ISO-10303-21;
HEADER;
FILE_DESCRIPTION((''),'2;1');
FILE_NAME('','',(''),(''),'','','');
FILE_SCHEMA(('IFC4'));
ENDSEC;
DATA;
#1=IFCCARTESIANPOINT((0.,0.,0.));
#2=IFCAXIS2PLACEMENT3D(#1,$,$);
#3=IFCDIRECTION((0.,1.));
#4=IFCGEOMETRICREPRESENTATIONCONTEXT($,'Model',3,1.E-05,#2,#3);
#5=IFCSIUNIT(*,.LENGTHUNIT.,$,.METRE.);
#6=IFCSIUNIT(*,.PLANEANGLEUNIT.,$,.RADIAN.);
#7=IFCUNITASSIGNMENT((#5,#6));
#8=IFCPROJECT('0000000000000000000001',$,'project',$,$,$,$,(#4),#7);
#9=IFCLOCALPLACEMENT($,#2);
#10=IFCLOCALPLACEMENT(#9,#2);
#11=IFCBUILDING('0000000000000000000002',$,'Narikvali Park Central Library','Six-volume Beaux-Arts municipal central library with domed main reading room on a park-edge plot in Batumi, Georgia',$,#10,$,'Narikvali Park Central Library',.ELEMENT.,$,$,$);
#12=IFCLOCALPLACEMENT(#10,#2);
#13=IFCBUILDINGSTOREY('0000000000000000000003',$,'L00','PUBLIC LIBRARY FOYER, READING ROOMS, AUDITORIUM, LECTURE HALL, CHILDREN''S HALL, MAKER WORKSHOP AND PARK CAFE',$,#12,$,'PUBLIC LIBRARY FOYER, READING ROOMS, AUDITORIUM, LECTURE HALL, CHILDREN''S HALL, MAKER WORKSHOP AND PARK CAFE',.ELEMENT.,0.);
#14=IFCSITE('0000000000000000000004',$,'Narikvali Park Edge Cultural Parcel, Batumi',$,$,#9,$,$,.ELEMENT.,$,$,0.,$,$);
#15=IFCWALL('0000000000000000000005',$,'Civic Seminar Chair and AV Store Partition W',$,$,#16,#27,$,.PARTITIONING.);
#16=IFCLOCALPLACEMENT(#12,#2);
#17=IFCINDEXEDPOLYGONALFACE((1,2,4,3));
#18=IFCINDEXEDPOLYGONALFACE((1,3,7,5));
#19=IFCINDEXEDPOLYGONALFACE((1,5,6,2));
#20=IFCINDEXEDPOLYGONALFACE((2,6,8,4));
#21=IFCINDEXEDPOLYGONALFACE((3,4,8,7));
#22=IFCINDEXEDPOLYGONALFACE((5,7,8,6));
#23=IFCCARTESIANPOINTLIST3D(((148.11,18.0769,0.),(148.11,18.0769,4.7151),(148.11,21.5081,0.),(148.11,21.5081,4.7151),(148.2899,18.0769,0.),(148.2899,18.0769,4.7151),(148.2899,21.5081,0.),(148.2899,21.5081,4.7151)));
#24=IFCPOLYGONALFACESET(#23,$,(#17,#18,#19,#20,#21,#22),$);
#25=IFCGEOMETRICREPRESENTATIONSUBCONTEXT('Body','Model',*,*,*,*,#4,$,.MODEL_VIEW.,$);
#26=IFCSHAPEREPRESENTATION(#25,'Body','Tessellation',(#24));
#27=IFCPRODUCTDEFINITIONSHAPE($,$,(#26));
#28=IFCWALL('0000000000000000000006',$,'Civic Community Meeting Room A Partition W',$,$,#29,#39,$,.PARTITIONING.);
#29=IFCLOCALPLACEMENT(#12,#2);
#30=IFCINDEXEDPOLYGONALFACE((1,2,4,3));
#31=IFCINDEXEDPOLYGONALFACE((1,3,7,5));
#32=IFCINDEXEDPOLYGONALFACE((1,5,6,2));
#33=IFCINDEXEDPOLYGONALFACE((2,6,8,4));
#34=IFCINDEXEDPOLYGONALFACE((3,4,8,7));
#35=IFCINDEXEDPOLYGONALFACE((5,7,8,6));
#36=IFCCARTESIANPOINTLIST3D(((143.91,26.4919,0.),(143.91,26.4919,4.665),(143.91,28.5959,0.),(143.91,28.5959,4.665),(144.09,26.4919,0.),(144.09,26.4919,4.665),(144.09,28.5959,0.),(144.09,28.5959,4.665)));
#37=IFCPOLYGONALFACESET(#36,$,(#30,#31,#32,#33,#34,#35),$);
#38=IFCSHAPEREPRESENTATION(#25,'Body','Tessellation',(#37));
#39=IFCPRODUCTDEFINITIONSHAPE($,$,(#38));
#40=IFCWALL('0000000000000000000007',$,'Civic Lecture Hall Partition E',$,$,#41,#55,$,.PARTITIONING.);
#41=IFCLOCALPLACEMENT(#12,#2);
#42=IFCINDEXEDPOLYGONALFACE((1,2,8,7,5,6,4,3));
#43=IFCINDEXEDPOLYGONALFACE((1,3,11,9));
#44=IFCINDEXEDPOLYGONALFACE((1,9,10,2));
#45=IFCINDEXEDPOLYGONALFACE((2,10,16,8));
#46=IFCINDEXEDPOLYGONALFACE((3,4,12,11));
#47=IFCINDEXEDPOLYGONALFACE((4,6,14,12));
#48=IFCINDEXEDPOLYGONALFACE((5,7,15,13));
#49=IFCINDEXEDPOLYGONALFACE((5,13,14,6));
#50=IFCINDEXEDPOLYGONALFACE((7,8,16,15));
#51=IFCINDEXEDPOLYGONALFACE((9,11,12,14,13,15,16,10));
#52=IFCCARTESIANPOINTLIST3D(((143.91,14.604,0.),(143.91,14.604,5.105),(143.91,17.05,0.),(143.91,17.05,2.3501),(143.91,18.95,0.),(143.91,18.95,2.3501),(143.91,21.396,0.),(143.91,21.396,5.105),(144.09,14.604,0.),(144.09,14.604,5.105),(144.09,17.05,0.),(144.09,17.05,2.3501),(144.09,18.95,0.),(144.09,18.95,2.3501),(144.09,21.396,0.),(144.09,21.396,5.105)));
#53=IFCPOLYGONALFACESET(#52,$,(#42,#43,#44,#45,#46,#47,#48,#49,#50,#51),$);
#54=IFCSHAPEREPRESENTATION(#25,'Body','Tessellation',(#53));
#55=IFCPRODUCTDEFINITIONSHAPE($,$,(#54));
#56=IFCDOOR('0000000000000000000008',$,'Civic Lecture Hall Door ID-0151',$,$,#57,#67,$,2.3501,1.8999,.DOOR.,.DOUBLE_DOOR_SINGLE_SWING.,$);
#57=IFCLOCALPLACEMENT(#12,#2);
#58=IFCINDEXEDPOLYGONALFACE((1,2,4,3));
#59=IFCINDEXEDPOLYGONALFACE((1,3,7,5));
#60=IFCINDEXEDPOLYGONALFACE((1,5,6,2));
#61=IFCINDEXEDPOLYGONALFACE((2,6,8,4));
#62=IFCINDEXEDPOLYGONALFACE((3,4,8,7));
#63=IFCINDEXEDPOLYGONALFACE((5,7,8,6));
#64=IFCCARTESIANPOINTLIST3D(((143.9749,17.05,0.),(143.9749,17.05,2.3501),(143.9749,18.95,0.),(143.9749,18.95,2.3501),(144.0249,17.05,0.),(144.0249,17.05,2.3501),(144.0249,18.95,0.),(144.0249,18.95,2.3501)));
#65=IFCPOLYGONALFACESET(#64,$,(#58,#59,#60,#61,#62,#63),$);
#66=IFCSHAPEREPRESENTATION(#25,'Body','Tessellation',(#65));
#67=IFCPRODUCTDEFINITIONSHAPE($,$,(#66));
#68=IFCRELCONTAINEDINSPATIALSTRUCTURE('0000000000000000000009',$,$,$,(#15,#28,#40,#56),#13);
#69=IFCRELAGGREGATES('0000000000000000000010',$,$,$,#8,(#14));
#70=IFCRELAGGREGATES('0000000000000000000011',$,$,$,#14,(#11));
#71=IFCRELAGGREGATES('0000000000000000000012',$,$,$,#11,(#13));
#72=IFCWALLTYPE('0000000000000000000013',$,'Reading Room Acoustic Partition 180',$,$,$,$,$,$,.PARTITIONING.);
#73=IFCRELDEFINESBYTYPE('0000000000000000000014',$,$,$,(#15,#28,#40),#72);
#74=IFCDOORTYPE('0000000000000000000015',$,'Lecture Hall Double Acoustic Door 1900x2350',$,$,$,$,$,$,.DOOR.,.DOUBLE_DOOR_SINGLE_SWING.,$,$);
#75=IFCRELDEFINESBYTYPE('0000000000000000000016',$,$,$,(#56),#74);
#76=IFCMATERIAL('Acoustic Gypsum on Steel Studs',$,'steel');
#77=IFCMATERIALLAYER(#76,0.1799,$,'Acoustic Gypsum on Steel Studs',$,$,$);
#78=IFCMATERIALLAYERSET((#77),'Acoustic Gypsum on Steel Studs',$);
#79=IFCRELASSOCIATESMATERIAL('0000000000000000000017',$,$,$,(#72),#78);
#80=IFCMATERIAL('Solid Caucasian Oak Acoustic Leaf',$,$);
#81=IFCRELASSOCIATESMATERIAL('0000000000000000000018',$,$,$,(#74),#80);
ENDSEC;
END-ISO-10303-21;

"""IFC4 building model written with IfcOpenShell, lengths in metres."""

from ifc_helpers import new_model, si_unit, direction, frame, frame_2d, origin, place, context, subcontext, project, spatial, rectangle, extrude, material, layer, layer_set, type_object, element, fill, save


model = new_model("IFC4")

# Units and contexts
model_context = context("Model", 3, precision=1e-05, world=origin(), true_north=direction((0.0, 1.0)))
body_context = subcontext(model_context, "Body", "Model", "MODEL_VIEW")
ifc_project = project(units=[si_unit("LENGTHUNIT", "METRE"), si_unit("PLANEANGLEUNIT", "RADIAN")], contexts=[model_context])

# Site, building, storey
site_placement = place(None, origin())
site = spatial("IfcSite", under=ifc_project, at=site_placement, Name="Narikvali Park Edge Cultural Parcel, Batumi", CompositionType="ELEMENT", RefElevation=0.0)
building_placement = place(site_placement, origin())
building = spatial("IfcBuilding", under=site, at=building_placement, Name="Narikvali Park Central Library", Description="Six-volume Beaux-Arts municipal central library with domed main reading room on a park-edge plot in Batumi, Georgia", LongName="Narikvali Park Central Library", CompositionType="ELEMENT")
storey_placement = place(building_placement, origin())
storey = spatial("IfcBuildingStorey", under=building, at=storey_placement, Name="L00", Description="PUBLIC LIBRARY FOYER, READING ROOMS, AUDITORIUM, LECTURE HALL, CHILDREN'S HALL, MAKER WORKSHOP AND PARK CAFE", LongName="PUBLIC LIBRARY FOYER, READING ROOMS, AUDITORIUM, LECTURE HALL, CHILDREN'S HALL, MAKER WORKSHOP AND PARK CAFE", CompositionType="ELEMENT", Elevation=0.0)

# Shared definitions
ifc_material_1 = material(Name="Acoustic Gypsum on Steel Studs", Category="steel")
ifc_layer_1 = layer(ifc_material_1, 0.1799, Name="Acoustic Gypsum on Steel Studs")
ifc_layer_set_1 = layer_set([ifc_layer_1], Name="Acoustic Gypsum on Steel Studs")
wall_type_1 = type_object("IfcWallType", Name="Reading Room Acoustic Partition 180", PredefinedType="PARTITIONING", material=ifc_layer_set_1)

# Walls
wall_1_placement = place(storey_placement, frame((148.2, 18.0769, 0.0), z_axis=(0.0, 0.0, 1.0), x_axis=(0.0, 1.0, 0.0)))
element("IfcWall", 1, at=wall_1_placement, inside=storey, type_object=wall_type_1, Name="Civic Seminar Chair and AV Store Partition W", PredefinedType="PARTITIONING", context=body_context, shape_type="SweptSolid", body=[
    extrude(rectangle(XDim=3.4312, YDim=0.1799, at=frame_2d((1.7156, 0.0))), origin(), (0.0, 0.0, 1.0), 4.7151),
])
wall_2_placement = place(storey_placement, frame((144.0, 26.4919, 0.0), z_axis=(0.0, 0.0, 1.0), x_axis=(0.0, 1.0, 0.0)))
element("IfcWall", 2, at=wall_2_placement, inside=storey, type_object=wall_type_1, Name="Civic Community Meeting Room A Partition W", PredefinedType="PARTITIONING", context=body_context, shape_type="SweptSolid", body=[
    extrude(rectangle(XDim=2.104, YDim=0.1799, at=frame_2d((1.052, 0.0))), origin(), (0.0, 0.0, 1.0), 4.665),
])

# Wall, opening, door
wall_3_placement = place(storey_placement, frame((144.0, 14.604, 0.0), z_axis=(0.0, 0.0, 1.0), x_axis=(0.0, 1.0, 0.0)))
wall_3 = element("IfcWall", 3, at=wall_3_placement, inside=storey, type_object=wall_type_1, Name="Civic Lecture Hall Partition E", PredefinedType="PARTITIONING", context=body_context, shape_type="SweptSolid", body=[
    extrude(rectangle(XDim=6.792, YDim=0.1799, at=frame_2d((3.396, 0.0))), origin(), (0.0, 0.0, 1.0), 5.105),
])
opening_1_placement = place(wall_3_placement, frame((2.446, 0.0, 0.0)))
opening_1 = element("IfcOpeningElement", 4, at=opening_1_placement, cuts=wall_3, PredefinedType="OPENING", context=body_context, shape_type="SweptSolid", body=[
    extrude(rectangle(XDim=1.8999, YDim=2.3501, at=frame_2d((0.95, 1.175))), frame((0.0, 0.1021, 0.0), z_axis=(0.0, -1.0, 0.0), x_axis=(1.0, 0.0, 0.0)), (0.0, 0.0, 1.0), 0.2039),
])
ifc_material_2 = material(Name="Solid Caucasian Oak Acoustic Leaf")
door_type_1 = type_object("IfcDoorType", Name="Lecture Hall Double Acoustic Door 1900x2350", OperationType="DOUBLE_DOOR_SINGLE_SWING", PredefinedType="DOOR", material=ifc_material_2)
door_1_placement = place(opening_1_placement, frame((1.8999, 0.0, 0.0), z_axis=(0.0, 0.0, 1.0), x_axis=(-1.0, 0.0, 0.0)))
door_1 = element("IfcDoor", 5, at=door_1_placement, inside=storey, type_object=door_type_1, Name="Civic Lecture Hall Door ID-0151", OperationType="DOUBLE_DOOR_SINGLE_SWING", OverallHeight=2.3501, OverallWidth=1.8999, PredefinedType="DOOR", context=body_context, shape_type="SweptSolid", body=[
    extrude(rectangle(XDim=1.8999, YDim=2.3501, at=frame_2d((0.95, 1.175))), frame((0.0, 0.0249, 0.0), z_axis=(0.0, -1.0, 0.0), x_axis=(1.0, 0.0, 0.0)), (0.0, 0.0, 1.0), 0.05),
])
fill(opening_1, door_1)

save(model, "model.ifc")
